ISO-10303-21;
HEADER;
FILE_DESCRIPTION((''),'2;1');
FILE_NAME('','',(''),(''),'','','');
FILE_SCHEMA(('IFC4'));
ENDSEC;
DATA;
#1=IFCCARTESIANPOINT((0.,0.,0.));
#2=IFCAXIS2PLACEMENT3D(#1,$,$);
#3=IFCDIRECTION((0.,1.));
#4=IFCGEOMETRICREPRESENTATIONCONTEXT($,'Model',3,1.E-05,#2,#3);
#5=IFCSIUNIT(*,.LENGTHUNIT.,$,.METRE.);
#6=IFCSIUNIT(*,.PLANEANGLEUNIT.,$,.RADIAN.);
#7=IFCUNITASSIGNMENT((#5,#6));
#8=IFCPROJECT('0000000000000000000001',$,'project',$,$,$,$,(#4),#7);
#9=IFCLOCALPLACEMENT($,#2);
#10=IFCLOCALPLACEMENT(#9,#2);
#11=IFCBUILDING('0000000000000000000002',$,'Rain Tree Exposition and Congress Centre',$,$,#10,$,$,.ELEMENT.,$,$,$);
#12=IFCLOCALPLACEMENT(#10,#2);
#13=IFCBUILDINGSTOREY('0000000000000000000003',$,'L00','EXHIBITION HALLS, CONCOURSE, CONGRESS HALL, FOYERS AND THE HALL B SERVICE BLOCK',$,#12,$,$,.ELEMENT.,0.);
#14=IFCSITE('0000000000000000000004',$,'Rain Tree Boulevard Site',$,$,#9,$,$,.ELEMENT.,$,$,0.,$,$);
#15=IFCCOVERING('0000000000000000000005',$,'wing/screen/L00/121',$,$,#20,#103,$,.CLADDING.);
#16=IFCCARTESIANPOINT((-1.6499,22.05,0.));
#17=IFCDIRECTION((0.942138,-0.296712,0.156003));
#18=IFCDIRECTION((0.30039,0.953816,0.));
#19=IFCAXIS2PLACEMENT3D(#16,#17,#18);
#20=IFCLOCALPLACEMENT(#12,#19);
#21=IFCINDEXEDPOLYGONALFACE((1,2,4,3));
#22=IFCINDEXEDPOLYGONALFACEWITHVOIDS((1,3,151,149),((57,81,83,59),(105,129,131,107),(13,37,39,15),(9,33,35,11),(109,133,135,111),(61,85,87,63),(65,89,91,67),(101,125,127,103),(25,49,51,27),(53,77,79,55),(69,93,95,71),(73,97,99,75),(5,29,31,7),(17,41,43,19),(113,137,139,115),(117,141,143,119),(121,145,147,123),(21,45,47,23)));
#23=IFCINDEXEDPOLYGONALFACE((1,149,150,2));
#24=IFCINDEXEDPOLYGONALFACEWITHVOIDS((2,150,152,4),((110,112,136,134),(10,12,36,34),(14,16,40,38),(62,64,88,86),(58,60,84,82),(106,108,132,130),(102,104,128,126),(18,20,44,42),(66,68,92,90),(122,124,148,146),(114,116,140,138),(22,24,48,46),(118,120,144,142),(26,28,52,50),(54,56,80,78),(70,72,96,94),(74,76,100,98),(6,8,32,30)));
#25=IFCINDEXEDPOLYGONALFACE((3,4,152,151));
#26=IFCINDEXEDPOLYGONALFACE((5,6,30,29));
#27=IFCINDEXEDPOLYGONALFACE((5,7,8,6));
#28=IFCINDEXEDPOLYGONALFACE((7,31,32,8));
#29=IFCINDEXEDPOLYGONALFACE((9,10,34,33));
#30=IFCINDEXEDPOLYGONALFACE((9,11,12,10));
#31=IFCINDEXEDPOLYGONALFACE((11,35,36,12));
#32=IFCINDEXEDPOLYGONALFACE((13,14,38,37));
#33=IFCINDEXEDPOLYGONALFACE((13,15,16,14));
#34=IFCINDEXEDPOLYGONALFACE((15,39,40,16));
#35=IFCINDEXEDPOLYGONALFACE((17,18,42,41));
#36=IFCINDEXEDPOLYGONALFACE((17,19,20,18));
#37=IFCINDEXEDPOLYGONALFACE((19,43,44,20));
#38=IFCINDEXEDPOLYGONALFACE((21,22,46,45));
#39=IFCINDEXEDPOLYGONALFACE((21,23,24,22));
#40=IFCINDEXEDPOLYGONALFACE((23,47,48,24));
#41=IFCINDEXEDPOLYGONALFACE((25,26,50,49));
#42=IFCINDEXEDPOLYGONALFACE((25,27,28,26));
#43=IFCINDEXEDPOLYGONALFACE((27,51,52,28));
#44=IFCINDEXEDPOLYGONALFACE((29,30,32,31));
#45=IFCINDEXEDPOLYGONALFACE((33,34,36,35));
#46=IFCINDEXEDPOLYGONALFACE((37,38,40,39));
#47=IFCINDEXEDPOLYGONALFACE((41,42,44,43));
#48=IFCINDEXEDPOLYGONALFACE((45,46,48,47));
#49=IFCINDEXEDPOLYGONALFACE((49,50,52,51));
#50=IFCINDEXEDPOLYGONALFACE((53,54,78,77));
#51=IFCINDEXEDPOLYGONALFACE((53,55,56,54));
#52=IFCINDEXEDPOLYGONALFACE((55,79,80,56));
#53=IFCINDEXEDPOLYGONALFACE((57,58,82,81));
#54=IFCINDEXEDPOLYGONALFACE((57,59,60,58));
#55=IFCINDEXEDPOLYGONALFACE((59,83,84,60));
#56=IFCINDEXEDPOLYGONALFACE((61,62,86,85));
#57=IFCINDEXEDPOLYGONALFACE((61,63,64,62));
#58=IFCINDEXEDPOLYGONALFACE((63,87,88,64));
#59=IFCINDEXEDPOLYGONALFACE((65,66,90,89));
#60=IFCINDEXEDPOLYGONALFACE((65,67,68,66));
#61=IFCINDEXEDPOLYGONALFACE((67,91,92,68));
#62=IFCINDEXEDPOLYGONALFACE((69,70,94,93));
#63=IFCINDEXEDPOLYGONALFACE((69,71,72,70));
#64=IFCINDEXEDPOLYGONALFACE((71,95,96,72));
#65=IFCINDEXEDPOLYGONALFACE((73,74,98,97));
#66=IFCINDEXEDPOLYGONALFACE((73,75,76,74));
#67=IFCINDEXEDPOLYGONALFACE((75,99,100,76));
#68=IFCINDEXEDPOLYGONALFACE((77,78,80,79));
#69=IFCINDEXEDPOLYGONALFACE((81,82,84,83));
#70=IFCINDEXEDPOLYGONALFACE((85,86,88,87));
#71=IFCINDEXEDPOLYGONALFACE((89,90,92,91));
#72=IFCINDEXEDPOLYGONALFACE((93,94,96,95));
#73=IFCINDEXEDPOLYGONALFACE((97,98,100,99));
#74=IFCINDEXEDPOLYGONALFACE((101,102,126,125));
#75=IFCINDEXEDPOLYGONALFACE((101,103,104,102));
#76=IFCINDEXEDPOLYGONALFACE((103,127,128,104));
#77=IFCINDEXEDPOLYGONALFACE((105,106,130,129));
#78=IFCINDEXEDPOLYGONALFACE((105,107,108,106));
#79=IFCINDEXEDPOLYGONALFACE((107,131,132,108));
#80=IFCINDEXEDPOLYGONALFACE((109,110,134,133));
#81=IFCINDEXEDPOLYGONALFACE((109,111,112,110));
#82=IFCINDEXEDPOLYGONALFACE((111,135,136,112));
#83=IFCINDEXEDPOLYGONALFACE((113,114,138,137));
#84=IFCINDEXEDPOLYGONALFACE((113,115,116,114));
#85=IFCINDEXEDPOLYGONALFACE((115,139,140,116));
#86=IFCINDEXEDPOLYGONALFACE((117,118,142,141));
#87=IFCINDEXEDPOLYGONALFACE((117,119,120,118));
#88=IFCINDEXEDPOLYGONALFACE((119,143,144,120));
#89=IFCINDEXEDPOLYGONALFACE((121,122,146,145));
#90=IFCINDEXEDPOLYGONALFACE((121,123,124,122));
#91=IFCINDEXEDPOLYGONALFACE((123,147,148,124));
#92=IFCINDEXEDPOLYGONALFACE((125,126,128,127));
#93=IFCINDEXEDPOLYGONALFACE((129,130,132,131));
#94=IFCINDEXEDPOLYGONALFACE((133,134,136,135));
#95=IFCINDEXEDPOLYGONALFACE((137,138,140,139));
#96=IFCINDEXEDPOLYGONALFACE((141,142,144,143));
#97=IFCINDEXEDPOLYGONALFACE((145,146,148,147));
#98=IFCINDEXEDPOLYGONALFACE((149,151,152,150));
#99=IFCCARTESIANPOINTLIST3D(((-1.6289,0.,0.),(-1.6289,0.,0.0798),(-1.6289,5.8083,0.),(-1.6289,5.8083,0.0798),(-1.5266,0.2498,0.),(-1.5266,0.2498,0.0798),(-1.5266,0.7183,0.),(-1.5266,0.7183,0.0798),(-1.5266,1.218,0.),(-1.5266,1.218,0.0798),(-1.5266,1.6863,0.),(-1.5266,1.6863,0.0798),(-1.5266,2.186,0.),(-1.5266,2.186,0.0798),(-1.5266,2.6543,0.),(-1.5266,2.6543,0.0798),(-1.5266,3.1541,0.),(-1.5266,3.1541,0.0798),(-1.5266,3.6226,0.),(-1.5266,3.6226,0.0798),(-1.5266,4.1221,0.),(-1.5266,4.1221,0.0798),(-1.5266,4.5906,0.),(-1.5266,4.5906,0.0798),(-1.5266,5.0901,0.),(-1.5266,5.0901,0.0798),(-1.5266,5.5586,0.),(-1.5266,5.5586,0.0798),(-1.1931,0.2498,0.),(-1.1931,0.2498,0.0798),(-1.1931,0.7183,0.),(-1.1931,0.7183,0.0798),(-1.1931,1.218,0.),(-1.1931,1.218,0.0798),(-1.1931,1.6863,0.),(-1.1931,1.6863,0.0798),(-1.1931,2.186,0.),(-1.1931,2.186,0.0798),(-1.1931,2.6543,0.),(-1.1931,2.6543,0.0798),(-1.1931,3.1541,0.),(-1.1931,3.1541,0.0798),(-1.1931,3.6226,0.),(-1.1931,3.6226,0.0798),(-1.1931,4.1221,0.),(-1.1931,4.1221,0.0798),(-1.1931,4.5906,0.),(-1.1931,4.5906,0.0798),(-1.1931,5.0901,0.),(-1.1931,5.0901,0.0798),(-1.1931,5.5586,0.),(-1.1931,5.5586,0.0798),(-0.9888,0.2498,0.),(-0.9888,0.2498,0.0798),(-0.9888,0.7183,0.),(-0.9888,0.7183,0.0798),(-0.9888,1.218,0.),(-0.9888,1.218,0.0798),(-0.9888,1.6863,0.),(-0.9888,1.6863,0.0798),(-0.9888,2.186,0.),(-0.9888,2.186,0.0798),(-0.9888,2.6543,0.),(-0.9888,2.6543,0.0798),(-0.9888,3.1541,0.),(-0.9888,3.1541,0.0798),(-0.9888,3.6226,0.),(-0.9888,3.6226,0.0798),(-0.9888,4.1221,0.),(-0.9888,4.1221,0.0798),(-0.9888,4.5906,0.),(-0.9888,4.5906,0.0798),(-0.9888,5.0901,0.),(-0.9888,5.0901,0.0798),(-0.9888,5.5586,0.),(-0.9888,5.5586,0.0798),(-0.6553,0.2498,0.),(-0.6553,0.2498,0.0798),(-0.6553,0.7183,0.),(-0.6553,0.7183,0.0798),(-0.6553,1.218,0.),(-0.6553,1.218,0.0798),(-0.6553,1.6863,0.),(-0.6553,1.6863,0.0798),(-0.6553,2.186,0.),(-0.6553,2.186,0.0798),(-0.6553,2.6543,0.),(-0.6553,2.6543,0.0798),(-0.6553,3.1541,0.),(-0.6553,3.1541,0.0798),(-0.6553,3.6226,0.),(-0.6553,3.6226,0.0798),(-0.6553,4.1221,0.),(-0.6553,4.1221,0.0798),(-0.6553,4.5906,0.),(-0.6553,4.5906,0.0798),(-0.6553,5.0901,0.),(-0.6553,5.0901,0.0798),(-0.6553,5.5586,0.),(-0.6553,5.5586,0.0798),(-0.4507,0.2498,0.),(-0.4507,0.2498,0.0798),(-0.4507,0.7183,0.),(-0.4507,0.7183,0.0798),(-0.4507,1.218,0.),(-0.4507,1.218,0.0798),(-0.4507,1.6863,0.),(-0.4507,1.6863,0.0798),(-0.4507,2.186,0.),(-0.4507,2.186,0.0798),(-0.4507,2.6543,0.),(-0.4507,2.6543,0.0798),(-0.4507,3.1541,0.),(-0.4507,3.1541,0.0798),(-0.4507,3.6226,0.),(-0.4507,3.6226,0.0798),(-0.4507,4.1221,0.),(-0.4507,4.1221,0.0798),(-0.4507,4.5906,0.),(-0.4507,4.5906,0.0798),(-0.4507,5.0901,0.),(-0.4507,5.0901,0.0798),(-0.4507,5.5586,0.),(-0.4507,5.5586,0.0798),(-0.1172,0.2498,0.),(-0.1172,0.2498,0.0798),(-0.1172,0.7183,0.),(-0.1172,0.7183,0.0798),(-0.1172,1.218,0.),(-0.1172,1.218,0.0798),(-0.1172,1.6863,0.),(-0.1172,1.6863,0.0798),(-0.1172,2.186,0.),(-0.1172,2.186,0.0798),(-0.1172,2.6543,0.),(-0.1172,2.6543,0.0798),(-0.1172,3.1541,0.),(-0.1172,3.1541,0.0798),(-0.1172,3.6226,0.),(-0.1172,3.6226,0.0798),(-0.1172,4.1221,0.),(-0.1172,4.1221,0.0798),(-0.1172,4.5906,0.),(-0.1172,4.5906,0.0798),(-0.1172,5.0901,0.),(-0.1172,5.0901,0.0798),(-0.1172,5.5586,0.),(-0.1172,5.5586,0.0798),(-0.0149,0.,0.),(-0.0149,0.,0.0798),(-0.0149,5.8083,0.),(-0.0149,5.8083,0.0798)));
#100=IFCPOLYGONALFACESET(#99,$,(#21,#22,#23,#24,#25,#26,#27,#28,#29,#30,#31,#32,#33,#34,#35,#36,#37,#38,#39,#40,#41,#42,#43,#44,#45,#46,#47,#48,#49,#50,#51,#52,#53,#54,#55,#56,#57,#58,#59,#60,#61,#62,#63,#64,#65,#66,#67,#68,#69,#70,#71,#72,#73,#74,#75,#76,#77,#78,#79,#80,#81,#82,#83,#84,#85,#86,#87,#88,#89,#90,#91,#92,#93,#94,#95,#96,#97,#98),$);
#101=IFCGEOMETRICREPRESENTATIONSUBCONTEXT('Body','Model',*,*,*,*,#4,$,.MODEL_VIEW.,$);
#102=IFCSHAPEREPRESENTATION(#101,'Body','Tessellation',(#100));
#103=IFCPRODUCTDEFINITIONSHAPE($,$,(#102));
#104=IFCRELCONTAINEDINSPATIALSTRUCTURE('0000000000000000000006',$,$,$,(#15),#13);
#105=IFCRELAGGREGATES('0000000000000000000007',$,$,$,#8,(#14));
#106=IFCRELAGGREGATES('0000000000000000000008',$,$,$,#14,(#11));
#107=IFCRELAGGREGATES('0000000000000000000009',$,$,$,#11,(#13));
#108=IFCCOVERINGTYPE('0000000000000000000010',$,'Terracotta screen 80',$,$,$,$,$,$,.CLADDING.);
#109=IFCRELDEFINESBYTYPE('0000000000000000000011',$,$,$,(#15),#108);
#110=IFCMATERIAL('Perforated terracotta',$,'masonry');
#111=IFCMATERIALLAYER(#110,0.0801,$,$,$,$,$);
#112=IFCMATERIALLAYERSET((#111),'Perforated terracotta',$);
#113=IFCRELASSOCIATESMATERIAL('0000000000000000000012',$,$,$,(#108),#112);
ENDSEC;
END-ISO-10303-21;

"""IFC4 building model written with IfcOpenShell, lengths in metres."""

from ifc_helpers import new_model, si_unit, direction, frame, origin, place, context, subcontext, project, spatial, polyline, outline, extrude, material, layer, layer_set, type_object, element, save


model = new_model("IFC4")

# Units and contexts
model_context = context("Model", 3, precision=1e-05, world=origin(), true_north=direction((0.0, 1.0)))
body_context = subcontext(model_context, "Body", "Model", "MODEL_VIEW")
ifc_project = project(units=[si_unit("LENGTHUNIT", "METRE"), si_unit("PLANEANGLEUNIT", "RADIAN")], contexts=[model_context])

# Site, building, storey
site_placement = place(None, origin())
site = spatial("IfcSite", under=ifc_project, at=site_placement, Name="Rain Tree Boulevard Site", CompositionType="ELEMENT", RefElevation=0.0)
building_placement = place(site_placement, origin())
building = spatial("IfcBuilding", under=site, at=building_placement, Name="Rain Tree Exposition and Congress Centre", CompositionType="ELEMENT")
storey_placement = place(building_placement, origin())
storey = spatial("IfcBuildingStorey", under=building, at=storey_placement, Name="L00", Description="EXHIBITION HALLS, CONCOURSE, CONGRESS HALL, FOYERS AND THE HALL B SERVICE BLOCK", CompositionType="ELEMENT", Elevation=0.0)

# Covering
ifc_material_1 = material(Name="Perforated terracotta", Category="masonry")
ifc_layer_1 = layer(ifc_material_1, 0.0801)
ifc_layer_set_1 = layer_set([ifc_layer_1], Name="Perforated terracotta")
covering_type = type_object("IfcCoveringType", Name="Terracotta screen 80", PredefinedType="CLADDING", material=ifc_layer_set_1)
covering_1_placement = place(storey_placement, frame((-1.6499, 22.05, 0.0), z_axis=(0.942138, -0.296712, 0.156003), x_axis=(0.30039, 0.953816, 0.0)))
element("IfcCovering", 1, at=covering_1_placement, inside=storey, type_object=covering_type, Name="wing/screen/L00/121", PredefinedType="CLADDING", context=body_context, shape_type="SweptSolid", body=[
    extrude(outline(polyline([(-1.6289, 0.0), (-1.6289, 5.8083), (-0.0149, 5.8083), (-0.0149, 0.0), (-1.6289, 0.0)]), holes=[polyline([(-0.1172, 0.2498), (-0.1172, 0.7183), (-0.4507, 0.7183), (-0.4507, 0.2498), (-0.1172, 0.2498)]), polyline([(-0.1172, 1.218), (-0.1172, 1.6863), (-0.4507, 1.6863), (-0.4507, 1.218), (-0.1172, 1.218)]), polyline([(-0.1172, 2.186), (-0.1172, 2.6543), (-0.4507, 2.6543), (-0.4507, 2.186), (-0.1172, 2.186)]), polyline([(-0.1172, 3.1541), (-0.1172, 3.6226), (-0.4507, 3.6226), (-0.4507, 3.1541), (-0.1172, 3.1541)]), polyline([(-0.1172, 4.1221), (-0.1172, 4.5906), (-0.4507, 4.5906), (-0.4507, 4.1221), (-0.1172, 4.1221)]), polyline([(-0.1172, 5.0901), (-0.1172, 5.5586), (-0.4507, 5.5586), (-0.4507, 5.0901), (-0.1172, 5.0901)]), polyline([(-0.6553, 0.2498), (-0.6553, 0.7183), (-0.9888, 0.7183), (-0.9888, 0.2498), (-0.6553, 0.2498)]), polyline([(-0.6553, 1.218), (-0.6553, 1.6863), (-0.9888, 1.6863), (-0.9888, 1.218), (-0.6553, 1.218)]), polyline([(-0.6553, 2.186), (-0.6553, 2.6543), (-0.9888, 2.6543), (-0.9888, 2.186), (-0.6553, 2.186)]), polyline([(-0.6553, 3.1541), (-0.6553, 3.6226), (-0.9888, 3.6226), (-0.9888, 3.1541), (-0.6553, 3.1541)]), polyline([(-0.6553, 4.1221), (-0.6553, 4.5906), (-0.9888, 4.5906), (-0.9888, 4.1221), (-0.6553, 4.1221)]), polyline([(-0.6553, 5.0901), (-0.6553, 5.5586), (-0.9888, 5.5586), (-0.9888, 5.0901), (-0.6553, 5.0901)]), polyline([(-1.1931, 0.2498), (-1.1931, 0.7183), (-1.5266, 0.7183), (-1.5266, 0.2498), (-1.1931, 0.2498)]), polyline([(-1.1931, 1.218), (-1.1931, 1.6863), (-1.5266, 1.6863), (-1.5266, 1.218), (-1.1931, 1.218)]), polyline([(-1.1931, 2.186), (-1.1931, 2.6543), (-1.5266, 2.6543), (-1.5266, 2.186), (-1.1931, 2.186)]), polyline([(-1.1931, 3.1541), (-1.1931, 3.6226), (-1.5266, 3.6226), (-1.5266, 3.1541), (-1.1931, 3.1541)]), polyline([(-1.1931, 4.1221), (-1.1931, 4.5906), (-1.5266, 4.5906), (-1.5266, 4.1221), (-1.1931, 4.1221)]), polyline([(-1.1931, 5.0901), (-1.1931, 5.5586), (-1.5266, 5.5586), (-1.5266, 5.0901), (-1.1931, 5.0901)])]), origin(), (0.0, 0.0, 1.0), 0.0798),
])

save(model, "model.ifc")
